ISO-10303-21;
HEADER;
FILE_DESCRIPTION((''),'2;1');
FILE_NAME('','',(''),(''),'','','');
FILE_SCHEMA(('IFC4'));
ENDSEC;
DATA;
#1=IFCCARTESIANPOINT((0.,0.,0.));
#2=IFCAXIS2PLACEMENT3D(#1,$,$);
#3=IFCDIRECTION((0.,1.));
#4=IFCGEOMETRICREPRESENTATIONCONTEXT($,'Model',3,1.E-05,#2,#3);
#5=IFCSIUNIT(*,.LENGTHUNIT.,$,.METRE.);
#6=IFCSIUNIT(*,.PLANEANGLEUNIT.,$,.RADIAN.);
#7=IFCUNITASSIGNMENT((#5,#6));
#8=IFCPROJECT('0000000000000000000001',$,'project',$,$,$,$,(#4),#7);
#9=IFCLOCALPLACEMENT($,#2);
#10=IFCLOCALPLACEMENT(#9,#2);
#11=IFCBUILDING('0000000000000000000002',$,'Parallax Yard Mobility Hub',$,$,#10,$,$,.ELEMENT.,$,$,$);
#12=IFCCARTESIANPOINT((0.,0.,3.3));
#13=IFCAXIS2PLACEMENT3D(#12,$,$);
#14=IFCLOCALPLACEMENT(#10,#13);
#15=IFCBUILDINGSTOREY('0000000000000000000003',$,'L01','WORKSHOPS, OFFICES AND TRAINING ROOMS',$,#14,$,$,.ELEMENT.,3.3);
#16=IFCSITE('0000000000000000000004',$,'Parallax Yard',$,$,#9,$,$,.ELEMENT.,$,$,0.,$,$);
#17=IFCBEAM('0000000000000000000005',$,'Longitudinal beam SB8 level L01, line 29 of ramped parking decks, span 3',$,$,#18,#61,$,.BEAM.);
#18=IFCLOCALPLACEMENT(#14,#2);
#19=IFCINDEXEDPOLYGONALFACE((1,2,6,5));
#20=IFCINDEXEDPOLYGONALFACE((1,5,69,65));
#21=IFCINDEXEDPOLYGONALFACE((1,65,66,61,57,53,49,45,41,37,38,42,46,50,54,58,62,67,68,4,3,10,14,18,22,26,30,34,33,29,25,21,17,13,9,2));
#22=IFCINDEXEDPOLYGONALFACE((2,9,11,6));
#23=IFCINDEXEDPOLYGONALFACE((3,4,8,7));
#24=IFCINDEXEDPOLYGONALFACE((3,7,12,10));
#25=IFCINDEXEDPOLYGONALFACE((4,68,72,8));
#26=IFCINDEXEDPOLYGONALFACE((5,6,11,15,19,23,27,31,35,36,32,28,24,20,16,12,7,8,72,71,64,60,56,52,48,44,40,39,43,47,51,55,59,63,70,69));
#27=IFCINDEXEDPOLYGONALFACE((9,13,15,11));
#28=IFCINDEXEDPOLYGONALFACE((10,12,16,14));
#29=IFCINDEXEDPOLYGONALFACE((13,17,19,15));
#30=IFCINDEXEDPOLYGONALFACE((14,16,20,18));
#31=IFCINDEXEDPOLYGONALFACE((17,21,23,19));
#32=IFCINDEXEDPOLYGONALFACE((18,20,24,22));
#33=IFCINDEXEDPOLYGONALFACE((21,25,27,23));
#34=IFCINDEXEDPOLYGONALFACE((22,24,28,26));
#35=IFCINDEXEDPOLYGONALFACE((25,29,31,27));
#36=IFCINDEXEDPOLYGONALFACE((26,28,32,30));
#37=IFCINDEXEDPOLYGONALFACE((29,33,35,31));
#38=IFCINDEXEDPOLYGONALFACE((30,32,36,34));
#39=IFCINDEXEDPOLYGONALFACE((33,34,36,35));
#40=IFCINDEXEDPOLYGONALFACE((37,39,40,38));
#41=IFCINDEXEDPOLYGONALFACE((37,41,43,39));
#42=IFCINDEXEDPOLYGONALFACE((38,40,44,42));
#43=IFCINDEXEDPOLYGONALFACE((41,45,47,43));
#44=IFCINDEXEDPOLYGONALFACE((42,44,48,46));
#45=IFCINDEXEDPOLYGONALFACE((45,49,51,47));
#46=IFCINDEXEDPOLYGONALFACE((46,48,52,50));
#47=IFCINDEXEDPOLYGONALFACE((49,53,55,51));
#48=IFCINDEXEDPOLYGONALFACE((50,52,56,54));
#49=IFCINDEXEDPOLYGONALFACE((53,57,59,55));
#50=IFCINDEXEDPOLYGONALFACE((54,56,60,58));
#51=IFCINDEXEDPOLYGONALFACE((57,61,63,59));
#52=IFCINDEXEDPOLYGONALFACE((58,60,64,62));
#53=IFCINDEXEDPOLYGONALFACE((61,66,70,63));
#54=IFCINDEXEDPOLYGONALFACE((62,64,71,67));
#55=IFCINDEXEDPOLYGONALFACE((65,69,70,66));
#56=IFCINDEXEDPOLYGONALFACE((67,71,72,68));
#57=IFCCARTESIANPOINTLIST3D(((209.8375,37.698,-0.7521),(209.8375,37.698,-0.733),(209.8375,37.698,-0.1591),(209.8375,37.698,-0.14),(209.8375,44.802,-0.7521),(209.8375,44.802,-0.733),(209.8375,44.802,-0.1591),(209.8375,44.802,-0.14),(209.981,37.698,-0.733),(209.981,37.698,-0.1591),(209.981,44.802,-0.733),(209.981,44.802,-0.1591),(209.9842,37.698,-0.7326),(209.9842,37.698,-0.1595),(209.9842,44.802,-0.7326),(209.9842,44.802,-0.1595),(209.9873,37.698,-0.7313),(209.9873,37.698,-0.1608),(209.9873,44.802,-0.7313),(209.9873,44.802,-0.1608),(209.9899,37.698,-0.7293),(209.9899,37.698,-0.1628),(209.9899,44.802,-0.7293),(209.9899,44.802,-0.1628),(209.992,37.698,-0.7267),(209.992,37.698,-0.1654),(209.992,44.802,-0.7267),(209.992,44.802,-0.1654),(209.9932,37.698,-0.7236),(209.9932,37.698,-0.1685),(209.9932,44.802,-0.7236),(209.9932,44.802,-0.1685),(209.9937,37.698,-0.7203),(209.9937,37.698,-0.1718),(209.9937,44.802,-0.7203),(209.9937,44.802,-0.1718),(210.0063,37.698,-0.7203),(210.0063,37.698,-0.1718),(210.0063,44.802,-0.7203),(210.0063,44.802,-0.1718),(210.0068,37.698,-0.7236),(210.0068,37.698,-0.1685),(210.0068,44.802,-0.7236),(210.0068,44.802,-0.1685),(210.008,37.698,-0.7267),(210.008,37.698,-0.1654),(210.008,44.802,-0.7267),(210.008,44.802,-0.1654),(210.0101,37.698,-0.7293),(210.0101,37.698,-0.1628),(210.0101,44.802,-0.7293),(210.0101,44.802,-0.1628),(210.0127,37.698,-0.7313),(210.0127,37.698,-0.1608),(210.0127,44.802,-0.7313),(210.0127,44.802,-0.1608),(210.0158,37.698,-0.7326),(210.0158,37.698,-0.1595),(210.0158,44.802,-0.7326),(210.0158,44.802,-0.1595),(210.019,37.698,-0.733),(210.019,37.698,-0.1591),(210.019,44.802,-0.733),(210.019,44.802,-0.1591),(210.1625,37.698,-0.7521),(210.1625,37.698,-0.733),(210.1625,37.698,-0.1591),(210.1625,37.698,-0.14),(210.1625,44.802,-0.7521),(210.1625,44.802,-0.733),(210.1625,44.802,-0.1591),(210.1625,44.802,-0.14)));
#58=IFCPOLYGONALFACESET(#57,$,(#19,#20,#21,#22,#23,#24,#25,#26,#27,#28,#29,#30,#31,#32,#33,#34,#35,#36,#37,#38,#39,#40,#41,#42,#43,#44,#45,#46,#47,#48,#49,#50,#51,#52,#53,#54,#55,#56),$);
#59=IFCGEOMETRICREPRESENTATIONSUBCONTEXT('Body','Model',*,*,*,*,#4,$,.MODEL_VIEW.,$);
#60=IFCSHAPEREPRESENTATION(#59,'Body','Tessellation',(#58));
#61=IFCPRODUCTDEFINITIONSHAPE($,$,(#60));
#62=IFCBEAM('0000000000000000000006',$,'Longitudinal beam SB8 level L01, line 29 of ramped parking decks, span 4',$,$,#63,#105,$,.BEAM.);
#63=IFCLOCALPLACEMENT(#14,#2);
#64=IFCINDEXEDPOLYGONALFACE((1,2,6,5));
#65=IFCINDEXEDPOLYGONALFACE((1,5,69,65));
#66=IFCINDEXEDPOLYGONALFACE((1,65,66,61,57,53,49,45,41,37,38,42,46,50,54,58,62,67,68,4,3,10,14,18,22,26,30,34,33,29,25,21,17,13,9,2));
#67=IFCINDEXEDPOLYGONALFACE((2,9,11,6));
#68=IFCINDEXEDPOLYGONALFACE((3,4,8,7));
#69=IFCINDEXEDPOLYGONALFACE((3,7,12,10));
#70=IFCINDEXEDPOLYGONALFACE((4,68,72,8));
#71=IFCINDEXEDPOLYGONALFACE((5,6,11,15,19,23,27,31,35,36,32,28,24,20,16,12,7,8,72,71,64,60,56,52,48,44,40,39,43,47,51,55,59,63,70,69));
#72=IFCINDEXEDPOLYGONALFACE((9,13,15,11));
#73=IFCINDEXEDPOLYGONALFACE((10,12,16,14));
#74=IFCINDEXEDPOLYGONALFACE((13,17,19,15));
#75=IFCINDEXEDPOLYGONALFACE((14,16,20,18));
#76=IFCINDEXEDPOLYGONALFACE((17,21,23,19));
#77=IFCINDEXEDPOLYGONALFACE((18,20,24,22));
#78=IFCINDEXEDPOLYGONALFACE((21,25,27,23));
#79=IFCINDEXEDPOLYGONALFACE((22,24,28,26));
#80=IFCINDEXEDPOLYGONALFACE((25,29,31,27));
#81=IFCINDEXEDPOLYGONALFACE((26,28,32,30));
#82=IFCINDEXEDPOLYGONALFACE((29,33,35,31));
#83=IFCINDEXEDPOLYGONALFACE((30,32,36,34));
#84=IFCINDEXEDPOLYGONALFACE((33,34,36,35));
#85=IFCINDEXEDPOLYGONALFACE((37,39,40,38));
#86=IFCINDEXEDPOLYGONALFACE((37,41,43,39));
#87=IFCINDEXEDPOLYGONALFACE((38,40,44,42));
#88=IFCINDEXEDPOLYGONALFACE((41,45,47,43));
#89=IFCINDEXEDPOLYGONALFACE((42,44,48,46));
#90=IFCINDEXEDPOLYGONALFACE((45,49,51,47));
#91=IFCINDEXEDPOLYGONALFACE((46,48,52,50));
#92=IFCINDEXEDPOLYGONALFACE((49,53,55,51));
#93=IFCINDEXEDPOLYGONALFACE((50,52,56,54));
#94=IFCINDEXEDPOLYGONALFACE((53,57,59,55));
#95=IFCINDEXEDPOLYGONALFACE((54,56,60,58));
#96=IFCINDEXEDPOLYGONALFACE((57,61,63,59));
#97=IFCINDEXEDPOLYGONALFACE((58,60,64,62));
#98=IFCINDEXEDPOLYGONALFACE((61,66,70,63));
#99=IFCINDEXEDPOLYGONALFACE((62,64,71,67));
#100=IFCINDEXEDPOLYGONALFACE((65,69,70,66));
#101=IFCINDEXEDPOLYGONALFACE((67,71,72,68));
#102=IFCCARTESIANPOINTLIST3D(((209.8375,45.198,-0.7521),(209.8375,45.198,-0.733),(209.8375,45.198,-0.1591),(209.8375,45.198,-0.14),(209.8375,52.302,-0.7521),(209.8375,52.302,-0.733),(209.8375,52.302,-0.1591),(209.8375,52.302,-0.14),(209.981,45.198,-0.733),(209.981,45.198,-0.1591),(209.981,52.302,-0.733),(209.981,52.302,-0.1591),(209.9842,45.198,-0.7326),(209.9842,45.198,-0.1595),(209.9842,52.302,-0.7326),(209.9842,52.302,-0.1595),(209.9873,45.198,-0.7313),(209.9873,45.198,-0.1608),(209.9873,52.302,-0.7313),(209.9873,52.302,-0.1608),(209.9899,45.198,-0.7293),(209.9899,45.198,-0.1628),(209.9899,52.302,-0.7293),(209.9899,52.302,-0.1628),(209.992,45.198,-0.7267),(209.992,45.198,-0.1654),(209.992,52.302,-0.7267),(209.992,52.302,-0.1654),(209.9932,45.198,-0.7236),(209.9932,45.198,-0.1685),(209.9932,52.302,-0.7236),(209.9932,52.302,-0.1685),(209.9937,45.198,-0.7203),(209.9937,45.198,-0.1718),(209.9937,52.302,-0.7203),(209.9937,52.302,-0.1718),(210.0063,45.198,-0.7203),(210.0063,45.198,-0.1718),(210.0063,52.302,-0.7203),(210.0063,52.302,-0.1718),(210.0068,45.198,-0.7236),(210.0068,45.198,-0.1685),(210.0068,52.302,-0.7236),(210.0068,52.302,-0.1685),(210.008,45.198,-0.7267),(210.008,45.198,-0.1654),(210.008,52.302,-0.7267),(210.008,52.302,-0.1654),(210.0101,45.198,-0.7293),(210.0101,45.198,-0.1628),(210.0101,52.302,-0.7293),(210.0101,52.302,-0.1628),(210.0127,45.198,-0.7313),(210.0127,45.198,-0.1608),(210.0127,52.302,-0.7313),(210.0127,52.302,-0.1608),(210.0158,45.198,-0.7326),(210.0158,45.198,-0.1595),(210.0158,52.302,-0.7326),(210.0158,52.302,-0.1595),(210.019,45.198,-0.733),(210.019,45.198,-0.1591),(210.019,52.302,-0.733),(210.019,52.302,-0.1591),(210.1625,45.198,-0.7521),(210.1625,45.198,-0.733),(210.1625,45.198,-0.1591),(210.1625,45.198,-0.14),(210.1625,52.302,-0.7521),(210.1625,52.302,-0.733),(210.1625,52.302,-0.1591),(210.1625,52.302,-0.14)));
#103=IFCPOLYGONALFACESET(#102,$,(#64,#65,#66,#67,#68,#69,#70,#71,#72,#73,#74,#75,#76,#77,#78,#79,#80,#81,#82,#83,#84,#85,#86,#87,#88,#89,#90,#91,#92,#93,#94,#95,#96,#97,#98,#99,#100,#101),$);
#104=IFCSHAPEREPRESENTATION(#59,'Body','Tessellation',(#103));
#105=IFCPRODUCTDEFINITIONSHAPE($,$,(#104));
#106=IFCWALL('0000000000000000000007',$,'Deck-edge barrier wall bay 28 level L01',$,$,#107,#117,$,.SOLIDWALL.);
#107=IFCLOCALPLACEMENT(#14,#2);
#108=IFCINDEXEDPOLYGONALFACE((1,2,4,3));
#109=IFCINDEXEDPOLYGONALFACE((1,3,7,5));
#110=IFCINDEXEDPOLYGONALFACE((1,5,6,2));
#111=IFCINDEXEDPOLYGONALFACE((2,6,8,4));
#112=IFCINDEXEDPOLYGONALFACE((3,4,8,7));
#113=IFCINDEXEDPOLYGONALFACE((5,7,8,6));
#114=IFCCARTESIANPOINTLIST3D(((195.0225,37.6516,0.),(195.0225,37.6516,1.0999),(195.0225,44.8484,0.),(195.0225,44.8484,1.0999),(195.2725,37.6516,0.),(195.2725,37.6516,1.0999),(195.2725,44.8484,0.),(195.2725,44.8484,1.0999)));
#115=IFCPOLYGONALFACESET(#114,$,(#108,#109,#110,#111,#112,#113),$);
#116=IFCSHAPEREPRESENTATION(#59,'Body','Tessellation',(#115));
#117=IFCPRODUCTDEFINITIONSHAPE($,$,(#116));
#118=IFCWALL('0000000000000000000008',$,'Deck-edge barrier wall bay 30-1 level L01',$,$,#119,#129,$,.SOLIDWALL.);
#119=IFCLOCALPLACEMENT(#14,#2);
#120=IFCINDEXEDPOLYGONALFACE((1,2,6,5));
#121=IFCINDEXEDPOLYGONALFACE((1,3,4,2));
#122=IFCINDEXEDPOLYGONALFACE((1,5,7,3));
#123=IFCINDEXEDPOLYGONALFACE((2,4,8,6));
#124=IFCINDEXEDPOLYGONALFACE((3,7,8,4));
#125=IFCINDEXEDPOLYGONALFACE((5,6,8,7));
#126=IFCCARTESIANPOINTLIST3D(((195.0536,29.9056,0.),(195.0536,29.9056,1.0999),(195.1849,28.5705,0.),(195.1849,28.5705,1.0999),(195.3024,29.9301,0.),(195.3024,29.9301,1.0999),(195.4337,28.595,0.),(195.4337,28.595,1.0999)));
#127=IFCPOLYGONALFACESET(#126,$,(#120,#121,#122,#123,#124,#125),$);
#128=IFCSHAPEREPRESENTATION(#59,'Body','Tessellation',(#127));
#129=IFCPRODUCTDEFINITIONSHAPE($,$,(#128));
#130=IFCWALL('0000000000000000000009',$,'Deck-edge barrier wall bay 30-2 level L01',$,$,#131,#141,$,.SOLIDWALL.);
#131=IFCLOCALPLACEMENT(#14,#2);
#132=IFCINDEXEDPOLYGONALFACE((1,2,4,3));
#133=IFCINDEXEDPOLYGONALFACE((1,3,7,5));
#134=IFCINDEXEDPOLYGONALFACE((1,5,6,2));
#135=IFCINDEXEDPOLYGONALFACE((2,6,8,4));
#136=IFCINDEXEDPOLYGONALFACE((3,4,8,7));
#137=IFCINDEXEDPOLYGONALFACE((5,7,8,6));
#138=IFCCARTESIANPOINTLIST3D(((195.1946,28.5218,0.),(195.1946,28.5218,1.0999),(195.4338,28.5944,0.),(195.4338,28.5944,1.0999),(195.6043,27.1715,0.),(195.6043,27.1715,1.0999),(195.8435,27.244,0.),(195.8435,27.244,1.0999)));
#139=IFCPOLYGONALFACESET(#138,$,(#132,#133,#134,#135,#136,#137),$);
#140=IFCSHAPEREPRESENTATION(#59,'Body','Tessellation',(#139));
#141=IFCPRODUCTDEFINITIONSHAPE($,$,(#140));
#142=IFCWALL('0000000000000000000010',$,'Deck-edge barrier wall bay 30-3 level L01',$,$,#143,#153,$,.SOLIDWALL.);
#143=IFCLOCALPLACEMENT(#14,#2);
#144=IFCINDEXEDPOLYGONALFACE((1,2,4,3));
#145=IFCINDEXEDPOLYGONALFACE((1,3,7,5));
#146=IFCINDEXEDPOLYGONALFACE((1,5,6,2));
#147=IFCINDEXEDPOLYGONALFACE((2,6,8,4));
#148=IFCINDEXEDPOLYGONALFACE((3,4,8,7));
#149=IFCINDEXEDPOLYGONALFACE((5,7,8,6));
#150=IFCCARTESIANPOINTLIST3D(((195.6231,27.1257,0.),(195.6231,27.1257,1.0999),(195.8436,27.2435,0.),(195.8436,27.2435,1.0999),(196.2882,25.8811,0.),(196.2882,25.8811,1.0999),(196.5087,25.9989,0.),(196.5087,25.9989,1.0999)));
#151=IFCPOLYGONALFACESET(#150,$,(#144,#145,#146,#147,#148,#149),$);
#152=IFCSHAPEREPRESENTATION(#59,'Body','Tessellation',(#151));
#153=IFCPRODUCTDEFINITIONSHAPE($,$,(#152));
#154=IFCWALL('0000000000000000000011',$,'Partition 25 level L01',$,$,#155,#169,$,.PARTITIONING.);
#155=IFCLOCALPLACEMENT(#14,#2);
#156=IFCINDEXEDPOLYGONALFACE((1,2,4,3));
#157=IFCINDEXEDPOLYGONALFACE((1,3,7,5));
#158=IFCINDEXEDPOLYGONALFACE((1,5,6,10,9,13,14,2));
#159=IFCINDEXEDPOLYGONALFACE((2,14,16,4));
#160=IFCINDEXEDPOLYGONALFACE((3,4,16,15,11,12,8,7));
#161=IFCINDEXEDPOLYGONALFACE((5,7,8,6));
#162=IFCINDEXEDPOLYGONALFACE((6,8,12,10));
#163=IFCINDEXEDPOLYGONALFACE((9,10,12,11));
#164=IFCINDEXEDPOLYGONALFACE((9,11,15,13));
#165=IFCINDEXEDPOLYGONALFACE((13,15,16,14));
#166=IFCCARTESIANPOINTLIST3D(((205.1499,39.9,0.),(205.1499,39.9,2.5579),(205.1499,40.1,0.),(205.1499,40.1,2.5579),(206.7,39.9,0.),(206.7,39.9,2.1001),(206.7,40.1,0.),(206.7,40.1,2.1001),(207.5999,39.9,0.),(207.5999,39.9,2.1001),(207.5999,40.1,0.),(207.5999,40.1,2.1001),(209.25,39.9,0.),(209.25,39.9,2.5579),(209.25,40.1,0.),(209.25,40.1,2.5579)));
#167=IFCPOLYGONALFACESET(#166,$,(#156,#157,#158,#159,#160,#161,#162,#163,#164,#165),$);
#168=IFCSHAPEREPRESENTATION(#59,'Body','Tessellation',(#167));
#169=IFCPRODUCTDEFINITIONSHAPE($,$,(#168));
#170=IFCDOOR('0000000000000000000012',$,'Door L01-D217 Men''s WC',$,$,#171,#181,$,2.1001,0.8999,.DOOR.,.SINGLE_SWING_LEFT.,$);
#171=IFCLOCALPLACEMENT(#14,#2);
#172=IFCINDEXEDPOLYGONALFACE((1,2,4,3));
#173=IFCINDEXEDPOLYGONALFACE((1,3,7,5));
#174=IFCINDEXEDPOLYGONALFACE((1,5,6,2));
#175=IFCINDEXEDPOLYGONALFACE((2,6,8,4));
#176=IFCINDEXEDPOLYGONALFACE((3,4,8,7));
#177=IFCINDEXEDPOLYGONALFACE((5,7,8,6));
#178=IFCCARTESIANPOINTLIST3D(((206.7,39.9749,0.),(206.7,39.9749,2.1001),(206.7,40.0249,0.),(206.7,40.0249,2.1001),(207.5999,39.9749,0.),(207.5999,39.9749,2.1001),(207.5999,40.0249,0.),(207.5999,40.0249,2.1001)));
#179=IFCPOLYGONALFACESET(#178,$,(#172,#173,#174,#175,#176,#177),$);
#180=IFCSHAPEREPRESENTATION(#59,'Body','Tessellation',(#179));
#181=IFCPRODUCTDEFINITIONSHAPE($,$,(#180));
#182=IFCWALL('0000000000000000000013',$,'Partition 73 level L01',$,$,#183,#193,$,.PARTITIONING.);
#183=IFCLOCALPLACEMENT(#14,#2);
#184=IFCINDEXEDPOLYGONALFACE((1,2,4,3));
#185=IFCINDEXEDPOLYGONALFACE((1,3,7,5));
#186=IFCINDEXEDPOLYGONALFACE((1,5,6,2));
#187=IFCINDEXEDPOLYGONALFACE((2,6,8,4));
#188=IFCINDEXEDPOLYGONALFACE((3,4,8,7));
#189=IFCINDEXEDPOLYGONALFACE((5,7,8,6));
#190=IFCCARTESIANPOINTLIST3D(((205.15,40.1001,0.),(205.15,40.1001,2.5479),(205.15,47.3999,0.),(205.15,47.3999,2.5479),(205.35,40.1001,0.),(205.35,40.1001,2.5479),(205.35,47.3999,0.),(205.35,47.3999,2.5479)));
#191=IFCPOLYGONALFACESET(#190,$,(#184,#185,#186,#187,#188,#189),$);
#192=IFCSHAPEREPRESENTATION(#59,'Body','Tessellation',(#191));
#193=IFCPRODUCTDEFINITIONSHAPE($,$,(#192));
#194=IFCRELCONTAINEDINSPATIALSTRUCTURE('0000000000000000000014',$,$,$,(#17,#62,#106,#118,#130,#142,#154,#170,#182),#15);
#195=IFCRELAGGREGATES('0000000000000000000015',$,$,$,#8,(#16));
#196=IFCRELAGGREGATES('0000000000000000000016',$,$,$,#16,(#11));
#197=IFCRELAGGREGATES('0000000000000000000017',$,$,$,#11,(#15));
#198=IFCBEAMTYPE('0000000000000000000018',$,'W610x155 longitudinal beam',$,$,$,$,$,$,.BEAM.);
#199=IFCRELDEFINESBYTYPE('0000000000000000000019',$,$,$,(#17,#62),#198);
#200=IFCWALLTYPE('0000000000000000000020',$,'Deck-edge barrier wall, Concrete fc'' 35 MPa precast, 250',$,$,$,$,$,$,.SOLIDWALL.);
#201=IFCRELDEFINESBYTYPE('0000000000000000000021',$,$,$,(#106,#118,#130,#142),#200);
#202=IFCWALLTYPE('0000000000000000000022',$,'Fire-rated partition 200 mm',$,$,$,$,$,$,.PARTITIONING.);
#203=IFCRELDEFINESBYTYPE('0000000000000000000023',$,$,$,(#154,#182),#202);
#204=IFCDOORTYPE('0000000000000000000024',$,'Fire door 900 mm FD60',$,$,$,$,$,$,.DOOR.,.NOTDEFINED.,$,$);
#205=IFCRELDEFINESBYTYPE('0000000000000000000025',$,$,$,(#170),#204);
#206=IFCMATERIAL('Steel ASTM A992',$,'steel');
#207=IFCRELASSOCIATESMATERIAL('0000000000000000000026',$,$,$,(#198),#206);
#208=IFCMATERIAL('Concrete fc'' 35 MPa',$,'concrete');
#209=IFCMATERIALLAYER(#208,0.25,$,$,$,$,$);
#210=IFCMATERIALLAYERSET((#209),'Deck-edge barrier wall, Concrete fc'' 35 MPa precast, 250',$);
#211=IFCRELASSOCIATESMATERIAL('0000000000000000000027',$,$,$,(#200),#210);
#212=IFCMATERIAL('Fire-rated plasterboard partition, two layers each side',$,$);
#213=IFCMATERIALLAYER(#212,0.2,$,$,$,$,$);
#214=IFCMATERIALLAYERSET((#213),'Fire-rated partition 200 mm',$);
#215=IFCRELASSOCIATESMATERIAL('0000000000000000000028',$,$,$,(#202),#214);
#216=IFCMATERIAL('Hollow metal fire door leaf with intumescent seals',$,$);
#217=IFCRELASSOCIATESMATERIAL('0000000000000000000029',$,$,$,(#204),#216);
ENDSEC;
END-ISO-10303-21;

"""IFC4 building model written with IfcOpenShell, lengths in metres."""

from ifc_helpers import new_model, si_unit, direction, frame, frame_2d, origin, origin_2d, place, context, subcontext, project, spatial, rectangle, i_section, extrude, material, layer, layer_set, material_profile, profile_set, type_object, element, fill, save


model = new_model("IFC4")

# Units and contexts
model_context = context("Model", 3, precision=1e-05, world=origin(), true_north=direction((0.0, 1.0)))
body_context = subcontext(model_context, "Body", "Model", "MODEL_VIEW")
ifc_project = project(units=[si_unit("LENGTHUNIT", "METRE"), si_unit("PLANEANGLEUNIT", "RADIAN")], contexts=[model_context])

# Site, building, storey
site_placement = place(None, origin())
site = spatial("IfcSite", under=ifc_project, at=site_placement, Name="Parallax Yard", CompositionType="ELEMENT", RefElevation=0.0)
building_placement = place(site_placement, origin())
building = spatial("IfcBuilding", under=site, at=building_placement, Name="Parallax Yard Mobility Hub", CompositionType="ELEMENT")
storey_placement = place(building_placement, frame((0.0, 0.0, 3.3)))
storey = spatial("IfcBuildingStorey", under=building, at=storey_placement, Name="L01", Description="WORKSHOPS, OFFICES AND TRAINING ROOMS", CompositionType="ELEMENT", Elevation=3.3)

# Shared definitions
ifc_material_1 = material(Name="Steel ASTM A992", Category="steel")

# Beams
ifc_material_profile_1 = material_profile(ifc_material_1, i_section(OverallWidth=0.325, OverallDepth=0.6121, WebThickness=0.0127, FlangeThickness=0.019, FilletRadius=0.0127, at=origin_2d()), Name="W610x155")
ifc_profile_set_1 = profile_set([ifc_material_profile_1], Name="Steel ASTM A992")
beam_type_1 = type_object("IfcBeamType", Name="W610x155 longitudinal beam", PredefinedType="BEAM", material=ifc_profile_set_1)
for number, where, z_axis, x_axis, name in (
    (1, (210.0, 37.698, -0.446), (0.0, 1.0, 0.0), (-1.0, 0.0, 0.0), "Longitudinal beam SB8 level L01, line 29 of ramped parking decks, span 3"),
    (2, (210.0, 45.198, -0.446), (0.0, 1.0, 0.0), (-1.0, 0.0, 0.0), "Longitudinal beam SB8 level L01, line 29 of ramped parking decks, span 4"),
):
    element("IfcBeam", number, at=place(storey_placement, frame(where, z_axis=z_axis, x_axis=x_axis)), inside=storey, type_object=beam_type_1, Name=name, PredefinedType="BEAM", context=body_context, shape_type="SweptSolid", body=[
        extrude(i_section(OverallWidth=0.325, OverallDepth=0.6121, WebThickness=0.0127, FlangeThickness=0.019, FilletRadius=0.0127, at=origin_2d()), origin(), (0.0, 0.0, 1.0), 7.104),
    ])

# Walls
ifc_material_2 = material(Name="Concrete fc' 35 MPa", Category="concrete")
ifc_layer_1 = layer(ifc_material_2, 0.25)
ifc_layer_set_1 = layer_set([ifc_layer_1], Name="Deck-edge barrier wall, Concrete fc' 35 MPa precast, 250")
wall_type_1 = type_object("IfcWallType", Name="Deck-edge barrier wall, Concrete fc' 35 MPa precast, 250", PredefinedType="SOLIDWALL", material=ifc_layer_set_1)
wall_1_placement = place(storey_placement, frame((195.1475, 44.8484, 0.0), z_axis=(0.0, 0.0, 1.0), x_axis=(0.0, -1.0, 0.0)))
element("IfcWall", 3, at=wall_1_placement, inside=storey, type_object=wall_type_1, Name="Deck-edge barrier wall bay 28 level L01", PredefinedType="SOLIDWALL", context=body_context, shape_type="SweptSolid", body=[
    extrude(rectangle(XDim=7.1968, YDim=0.25, at=frame_2d((3.5984, 0.0))), origin(), (0.0, 0.0, 1.0), 1.0999),
])
wall_2_placement = place(storey_placement, frame((195.178, 29.918, 0.0), z_axis=(0.0, 0.0, 1.0), x_axis=(0.0979, -0.995196, 0.0)))
element("IfcWall", 4, at=wall_2_placement, inside=storey, type_object=wall_type_1, Name="Deck-edge barrier wall bay 30-1 level L01", PredefinedType="SOLIDWALL", context=body_context, shape_type="SweptSolid", body=[
    extrude(rectangle(XDim=1.3416, YDim=0.25, at=frame_2d((0.6709, 0.0))), origin(), (0.0, 0.0, 1.0), 1.0999),
])
for number, where, z_axis, x_axis, name in (
    (5, (195.3142, 28.5581, 0.0), (0.0, 0.0, 1.0), (0.290315, -0.956931, 0.0), "Deck-edge barrier wall bay 30-2 level L01"),
    (6, (195.7334, 27.1846, 0.0), (0.0, 0.0, 1.0), (0.471271, -0.881989, 0.0), "Deck-edge barrier wall bay 30-3 level L01"),
):
    element("IfcWall", number, at=place(storey_placement, frame(where, z_axis=z_axis, x_axis=x_axis)), inside=storey, type_object=wall_type_1, Name=name, PredefinedType="SOLIDWALL", context=body_context, shape_type="SweptSolid", body=[
        extrude(rectangle(XDim=1.4111, YDim=0.25, at=frame_2d((0.7056, 0.0))), origin(), (0.0, 0.0, 1.0), 1.0999),
    ])

# Wall, opening, door
ifc_material_3 = material(Name="Fire-rated plasterboard partition, two layers each side")
ifc_layer_2 = layer(ifc_material_3, 0.2)
ifc_layer_set_2 = layer_set([ifc_layer_2], Name="Fire-rated partition 200 mm")
wall_type_2 = type_object("IfcWallType", Name="Fire-rated partition 200 mm", PredefinedType="PARTITIONING", material=ifc_layer_set_2)
wall_3_placement = place(storey_placement, frame((205.1499, 40.0, 0.0), z_axis=(0.0, 0.0, 1.0), x_axis=(1.0, 0.0, 0.0)))
wall_3 = element("IfcWall", 7, at=wall_3_placement, inside=storey, type_object=wall_type_2, Name="Partition 25 level L01", PredefinedType="PARTITIONING", context=body_context, shape_type="SweptSolid", body=[
    extrude(rectangle(XDim=4.1001, YDim=0.2, at=frame_2d((2.05, 0.0))), origin(), (0.0, 0.0, 1.0), 2.5579),
])
opening_placement = place(wall_3_placement, frame((1.55, 0.0, 0.0)))
opening = element("IfcOpeningElement", 8, at=opening_placement, cuts=wall_3, PredefinedType="OPENING", context=body_context, shape_type="SweptSolid", body=[
    extrude(rectangle(XDim=0.8999, YDim=2.1001, at=frame_2d((0.45, 1.05))), frame((0.0, 0.1099, 0.0), z_axis=(0.0, -1.0, 0.0), x_axis=(1.0, 0.0, 0.0)), (0.0, 0.0, 1.0), 0.22),
])
ifc_material_4 = material(Name="Hollow metal fire door leaf with intumescent seals")
door_type = type_object("IfcDoorType", Name="Fire door 900 mm FD60", OperationType="NOTDEFINED", PredefinedType="DOOR", material=ifc_material_4)
door_placement = place(opening_placement, origin())
door = element("IfcDoor", 9, at=door_placement, inside=storey, type_object=door_type, Name="Door L01-D217 Men's WC", OperationType="SINGLE_SWING_LEFT", OverallHeight=2.1001, OverallWidth=0.8999, PredefinedType="DOOR", context=body_context, shape_type="SweptSolid", body=[
    extrude(rectangle(XDim=0.8999, YDim=2.1001, at=frame_2d((0.45, 1.05))), frame((0.0, 0.0249, 0.0), z_axis=(0.0, -1.0, 0.0), x_axis=(1.0, 0.0, 0.0)), (0.0, 0.0, 1.0), 0.05),
])
fill(opening, door)

# Wall
for number, where, z_axis, x_axis, name in (
    (10, (205.25, 40.1001, 0.0), (0.0, 0.0, 1.0), (0.0, 1.0, 0.0), "Partition 73 level L01"),
):
    element("IfcWall", number, at=place(storey_placement, frame(where, z_axis=z_axis, x_axis=x_axis)), inside=storey, type_object=wall_type_2, Name=name, PredefinedType="PARTITIONING", context=body_context, shape_type="SweptSolid", body=[
        extrude(rectangle(XDim=7.2998, YDim=0.2, at=frame_2d((3.6499, 0.0))), origin(), (0.0, 0.0, 1.0), 2.5479),
    ])

save(model, "model.ifc")
